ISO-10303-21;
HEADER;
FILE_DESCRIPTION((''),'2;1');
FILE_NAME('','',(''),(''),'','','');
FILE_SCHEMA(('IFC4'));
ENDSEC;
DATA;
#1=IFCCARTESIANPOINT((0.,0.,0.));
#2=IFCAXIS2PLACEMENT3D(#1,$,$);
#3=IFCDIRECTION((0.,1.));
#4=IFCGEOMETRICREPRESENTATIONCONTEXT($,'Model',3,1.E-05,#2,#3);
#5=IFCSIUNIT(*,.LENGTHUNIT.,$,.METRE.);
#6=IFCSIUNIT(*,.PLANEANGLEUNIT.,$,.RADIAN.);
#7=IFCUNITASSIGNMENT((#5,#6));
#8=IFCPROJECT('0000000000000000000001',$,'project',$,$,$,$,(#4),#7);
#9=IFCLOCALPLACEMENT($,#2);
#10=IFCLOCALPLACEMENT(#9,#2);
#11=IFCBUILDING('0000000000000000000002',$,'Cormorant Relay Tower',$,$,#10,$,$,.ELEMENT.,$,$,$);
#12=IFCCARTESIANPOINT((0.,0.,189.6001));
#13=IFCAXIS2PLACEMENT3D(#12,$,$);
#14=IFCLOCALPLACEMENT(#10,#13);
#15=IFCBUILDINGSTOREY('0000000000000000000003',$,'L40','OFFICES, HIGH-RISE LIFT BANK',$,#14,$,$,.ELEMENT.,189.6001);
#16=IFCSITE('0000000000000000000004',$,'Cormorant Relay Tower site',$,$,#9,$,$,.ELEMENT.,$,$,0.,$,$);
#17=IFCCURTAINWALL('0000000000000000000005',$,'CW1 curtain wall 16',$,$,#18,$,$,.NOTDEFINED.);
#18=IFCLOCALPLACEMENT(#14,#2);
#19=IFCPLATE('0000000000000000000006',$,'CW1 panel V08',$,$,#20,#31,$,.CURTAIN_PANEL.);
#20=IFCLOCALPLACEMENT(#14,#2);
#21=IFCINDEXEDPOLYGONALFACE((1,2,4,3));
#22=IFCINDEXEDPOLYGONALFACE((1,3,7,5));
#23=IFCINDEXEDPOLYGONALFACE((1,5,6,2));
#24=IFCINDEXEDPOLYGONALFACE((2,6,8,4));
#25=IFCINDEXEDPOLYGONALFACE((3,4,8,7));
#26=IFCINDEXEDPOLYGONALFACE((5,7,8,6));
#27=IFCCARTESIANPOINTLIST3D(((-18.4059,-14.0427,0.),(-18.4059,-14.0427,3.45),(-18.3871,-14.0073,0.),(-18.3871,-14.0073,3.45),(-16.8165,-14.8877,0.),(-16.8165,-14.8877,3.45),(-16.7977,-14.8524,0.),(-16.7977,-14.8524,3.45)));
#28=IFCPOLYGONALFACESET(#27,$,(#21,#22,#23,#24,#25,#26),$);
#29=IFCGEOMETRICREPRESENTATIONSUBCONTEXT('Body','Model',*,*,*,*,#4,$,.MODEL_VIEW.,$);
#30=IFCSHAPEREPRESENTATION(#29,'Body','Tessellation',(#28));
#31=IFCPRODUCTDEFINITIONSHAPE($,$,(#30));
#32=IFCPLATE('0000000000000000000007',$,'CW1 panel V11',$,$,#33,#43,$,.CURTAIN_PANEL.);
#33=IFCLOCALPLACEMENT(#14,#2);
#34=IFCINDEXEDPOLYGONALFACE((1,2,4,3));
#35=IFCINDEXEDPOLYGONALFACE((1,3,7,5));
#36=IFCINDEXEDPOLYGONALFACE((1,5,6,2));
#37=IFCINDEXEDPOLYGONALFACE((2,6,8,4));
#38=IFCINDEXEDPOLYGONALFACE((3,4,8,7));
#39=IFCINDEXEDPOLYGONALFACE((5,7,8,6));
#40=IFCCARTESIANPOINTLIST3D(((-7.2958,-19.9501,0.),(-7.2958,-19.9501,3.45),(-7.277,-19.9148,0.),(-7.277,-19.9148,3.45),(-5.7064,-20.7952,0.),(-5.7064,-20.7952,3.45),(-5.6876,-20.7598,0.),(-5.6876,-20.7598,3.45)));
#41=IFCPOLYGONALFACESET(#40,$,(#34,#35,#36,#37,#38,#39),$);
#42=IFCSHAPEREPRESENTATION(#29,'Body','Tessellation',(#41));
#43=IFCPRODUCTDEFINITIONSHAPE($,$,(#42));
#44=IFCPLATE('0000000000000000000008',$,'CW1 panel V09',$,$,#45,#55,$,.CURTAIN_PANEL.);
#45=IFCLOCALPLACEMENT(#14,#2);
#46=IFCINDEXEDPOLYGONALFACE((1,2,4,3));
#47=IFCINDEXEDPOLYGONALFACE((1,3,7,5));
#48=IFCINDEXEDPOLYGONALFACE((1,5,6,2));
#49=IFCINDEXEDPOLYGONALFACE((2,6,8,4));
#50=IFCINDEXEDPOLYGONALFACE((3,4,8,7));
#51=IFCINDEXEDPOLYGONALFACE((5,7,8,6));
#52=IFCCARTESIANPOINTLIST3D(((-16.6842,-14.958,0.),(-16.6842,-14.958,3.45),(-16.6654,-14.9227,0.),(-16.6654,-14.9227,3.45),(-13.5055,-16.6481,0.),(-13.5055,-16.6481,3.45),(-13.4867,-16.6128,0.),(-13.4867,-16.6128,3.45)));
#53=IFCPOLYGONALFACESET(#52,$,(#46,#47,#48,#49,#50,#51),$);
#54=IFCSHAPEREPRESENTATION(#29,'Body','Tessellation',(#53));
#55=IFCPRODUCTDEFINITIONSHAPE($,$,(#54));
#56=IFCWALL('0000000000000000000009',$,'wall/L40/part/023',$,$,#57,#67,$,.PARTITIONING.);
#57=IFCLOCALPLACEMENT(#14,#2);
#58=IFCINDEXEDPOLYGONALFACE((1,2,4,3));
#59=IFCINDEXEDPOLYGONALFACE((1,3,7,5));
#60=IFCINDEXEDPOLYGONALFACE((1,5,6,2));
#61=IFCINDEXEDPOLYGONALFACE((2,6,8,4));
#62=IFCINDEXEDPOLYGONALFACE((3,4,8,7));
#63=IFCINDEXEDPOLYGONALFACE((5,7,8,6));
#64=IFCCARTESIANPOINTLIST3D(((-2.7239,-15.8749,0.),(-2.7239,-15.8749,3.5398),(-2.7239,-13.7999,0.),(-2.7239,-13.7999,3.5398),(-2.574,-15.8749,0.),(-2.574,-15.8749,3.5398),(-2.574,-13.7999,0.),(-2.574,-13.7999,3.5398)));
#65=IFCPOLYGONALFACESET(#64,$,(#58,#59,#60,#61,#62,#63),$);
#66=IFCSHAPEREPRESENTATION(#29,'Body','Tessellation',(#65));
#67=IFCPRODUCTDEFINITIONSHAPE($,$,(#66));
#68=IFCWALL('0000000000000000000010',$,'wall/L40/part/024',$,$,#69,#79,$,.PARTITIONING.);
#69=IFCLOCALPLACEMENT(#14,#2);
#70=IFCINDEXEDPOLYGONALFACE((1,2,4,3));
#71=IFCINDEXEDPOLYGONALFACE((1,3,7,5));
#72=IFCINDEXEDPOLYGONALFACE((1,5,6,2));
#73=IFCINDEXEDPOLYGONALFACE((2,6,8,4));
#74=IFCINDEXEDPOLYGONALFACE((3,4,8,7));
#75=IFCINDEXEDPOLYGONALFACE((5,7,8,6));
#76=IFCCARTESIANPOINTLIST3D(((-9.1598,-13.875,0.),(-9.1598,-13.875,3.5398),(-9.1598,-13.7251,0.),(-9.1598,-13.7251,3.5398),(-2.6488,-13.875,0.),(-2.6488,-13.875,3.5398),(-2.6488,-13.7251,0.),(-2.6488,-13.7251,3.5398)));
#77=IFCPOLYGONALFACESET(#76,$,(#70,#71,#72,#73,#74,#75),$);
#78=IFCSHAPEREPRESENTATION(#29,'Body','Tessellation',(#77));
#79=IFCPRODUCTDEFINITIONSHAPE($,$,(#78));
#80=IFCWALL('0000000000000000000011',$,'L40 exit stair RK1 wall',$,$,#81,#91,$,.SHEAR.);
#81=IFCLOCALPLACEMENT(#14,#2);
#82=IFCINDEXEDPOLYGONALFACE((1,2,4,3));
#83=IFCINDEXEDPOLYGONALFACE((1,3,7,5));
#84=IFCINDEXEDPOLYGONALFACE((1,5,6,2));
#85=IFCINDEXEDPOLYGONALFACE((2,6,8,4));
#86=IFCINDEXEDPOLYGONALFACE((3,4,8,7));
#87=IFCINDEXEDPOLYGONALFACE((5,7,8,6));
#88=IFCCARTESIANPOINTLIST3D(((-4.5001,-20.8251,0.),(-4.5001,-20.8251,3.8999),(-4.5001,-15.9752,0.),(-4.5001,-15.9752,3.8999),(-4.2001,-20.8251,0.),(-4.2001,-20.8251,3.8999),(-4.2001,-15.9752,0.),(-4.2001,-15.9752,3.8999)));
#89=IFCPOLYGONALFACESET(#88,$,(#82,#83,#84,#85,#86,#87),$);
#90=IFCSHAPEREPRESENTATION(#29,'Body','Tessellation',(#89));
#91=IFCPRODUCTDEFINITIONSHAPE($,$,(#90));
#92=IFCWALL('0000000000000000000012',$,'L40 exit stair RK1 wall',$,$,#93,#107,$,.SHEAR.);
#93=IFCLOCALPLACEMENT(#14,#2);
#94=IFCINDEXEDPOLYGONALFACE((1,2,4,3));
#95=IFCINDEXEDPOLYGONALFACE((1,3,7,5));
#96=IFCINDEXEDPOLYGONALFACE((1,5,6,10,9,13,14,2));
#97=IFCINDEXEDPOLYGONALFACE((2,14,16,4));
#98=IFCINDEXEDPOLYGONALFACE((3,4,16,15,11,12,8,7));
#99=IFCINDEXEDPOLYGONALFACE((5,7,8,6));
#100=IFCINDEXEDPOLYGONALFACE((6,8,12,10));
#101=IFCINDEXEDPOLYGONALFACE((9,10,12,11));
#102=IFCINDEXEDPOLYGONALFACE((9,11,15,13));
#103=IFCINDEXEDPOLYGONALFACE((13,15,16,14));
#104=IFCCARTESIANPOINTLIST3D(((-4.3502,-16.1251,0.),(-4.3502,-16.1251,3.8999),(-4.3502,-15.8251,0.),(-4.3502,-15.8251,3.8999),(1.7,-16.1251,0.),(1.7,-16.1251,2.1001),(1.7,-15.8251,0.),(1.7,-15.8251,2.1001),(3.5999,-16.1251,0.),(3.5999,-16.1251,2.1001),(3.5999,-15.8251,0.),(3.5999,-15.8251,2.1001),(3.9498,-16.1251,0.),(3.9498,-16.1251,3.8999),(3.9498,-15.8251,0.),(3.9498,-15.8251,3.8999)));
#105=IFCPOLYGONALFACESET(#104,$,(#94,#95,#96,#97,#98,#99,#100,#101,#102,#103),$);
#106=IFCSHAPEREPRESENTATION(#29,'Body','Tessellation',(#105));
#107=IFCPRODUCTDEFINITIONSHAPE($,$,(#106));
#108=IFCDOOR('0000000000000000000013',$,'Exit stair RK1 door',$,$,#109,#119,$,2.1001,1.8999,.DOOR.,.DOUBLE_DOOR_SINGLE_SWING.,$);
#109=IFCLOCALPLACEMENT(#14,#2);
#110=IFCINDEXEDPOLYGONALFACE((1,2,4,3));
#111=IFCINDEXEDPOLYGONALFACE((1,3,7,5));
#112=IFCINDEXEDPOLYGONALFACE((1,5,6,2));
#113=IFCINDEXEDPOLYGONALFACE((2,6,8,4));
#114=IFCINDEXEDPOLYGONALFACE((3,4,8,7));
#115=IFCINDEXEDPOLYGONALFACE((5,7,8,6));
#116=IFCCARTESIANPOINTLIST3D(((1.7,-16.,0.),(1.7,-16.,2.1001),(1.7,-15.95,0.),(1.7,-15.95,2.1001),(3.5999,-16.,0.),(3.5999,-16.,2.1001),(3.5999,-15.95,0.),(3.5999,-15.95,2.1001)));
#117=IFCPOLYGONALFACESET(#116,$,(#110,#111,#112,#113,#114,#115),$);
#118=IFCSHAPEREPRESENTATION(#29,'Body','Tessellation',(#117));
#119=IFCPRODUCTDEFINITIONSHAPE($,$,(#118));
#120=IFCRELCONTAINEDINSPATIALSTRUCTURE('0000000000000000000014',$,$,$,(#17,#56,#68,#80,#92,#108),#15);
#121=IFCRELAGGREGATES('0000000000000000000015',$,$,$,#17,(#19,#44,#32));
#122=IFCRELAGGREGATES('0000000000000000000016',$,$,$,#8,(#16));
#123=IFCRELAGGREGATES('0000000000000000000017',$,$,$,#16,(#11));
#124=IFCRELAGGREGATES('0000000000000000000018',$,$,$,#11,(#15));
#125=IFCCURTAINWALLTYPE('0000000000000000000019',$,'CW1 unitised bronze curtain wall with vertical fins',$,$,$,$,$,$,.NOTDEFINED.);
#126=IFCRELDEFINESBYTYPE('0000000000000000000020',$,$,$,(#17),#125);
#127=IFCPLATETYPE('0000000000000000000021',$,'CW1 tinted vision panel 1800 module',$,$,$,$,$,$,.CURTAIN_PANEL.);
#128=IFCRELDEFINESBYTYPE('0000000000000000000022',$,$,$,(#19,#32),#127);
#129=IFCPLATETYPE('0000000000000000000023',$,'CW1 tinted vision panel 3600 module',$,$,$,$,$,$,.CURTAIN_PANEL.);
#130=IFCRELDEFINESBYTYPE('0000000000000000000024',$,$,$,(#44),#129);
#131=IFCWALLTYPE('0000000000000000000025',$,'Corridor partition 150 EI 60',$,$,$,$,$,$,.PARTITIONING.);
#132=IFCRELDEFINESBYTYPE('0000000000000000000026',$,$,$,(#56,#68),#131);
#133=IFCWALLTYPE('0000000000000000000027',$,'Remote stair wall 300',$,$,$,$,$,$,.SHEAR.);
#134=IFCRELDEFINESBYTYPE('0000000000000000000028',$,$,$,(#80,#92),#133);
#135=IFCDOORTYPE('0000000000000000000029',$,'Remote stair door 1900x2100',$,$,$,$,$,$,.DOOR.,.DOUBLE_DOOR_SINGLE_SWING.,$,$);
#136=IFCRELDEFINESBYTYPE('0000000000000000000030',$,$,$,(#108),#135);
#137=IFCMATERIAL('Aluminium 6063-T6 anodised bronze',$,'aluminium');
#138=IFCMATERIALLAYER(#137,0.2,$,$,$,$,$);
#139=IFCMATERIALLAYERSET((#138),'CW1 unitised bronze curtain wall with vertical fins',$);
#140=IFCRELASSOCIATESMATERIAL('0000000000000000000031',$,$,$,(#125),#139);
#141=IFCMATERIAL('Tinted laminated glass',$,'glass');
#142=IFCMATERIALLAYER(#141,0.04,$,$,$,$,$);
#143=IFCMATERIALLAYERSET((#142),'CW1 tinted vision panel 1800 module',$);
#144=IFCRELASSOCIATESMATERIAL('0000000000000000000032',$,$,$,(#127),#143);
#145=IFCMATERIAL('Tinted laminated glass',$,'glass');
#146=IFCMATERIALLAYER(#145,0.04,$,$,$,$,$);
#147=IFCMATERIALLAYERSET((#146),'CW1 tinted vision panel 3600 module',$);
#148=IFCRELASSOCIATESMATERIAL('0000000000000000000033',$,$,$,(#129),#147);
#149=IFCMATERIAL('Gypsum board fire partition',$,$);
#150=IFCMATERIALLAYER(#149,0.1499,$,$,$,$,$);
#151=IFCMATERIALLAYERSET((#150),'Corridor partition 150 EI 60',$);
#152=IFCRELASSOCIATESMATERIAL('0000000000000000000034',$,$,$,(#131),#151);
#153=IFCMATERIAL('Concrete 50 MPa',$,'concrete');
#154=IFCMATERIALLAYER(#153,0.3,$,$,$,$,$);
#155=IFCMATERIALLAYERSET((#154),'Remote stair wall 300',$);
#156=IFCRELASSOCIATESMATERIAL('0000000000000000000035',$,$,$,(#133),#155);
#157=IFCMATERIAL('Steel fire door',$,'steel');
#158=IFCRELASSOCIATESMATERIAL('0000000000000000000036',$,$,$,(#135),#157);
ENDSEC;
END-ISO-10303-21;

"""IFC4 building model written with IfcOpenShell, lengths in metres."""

from ifc_helpers import new_model, si_unit, direction, frame, frame_2d, origin, origin_2d, place, context, subcontext, project, spatial, rectangle, extrude, material, layer, layer_set, type_object, element, fill, aggregate, save


model = new_model("IFC4")

# Units and contexts
model_context = context("Model", 3, precision=1e-05, world=origin(), true_north=direction((0.0, 1.0)))
body_context = subcontext(model_context, "Body", "Model", "MODEL_VIEW")
ifc_project = project(units=[si_unit("LENGTHUNIT", "METRE"), si_unit("PLANEANGLEUNIT", "RADIAN")], contexts=[model_context])

# Site, building, storey
site_placement = place(None, origin())
site = spatial("IfcSite", under=ifc_project, at=site_placement, Name="Cormorant Relay Tower site", CompositionType="ELEMENT", RefElevation=0.0)
building_placement = place(site_placement, origin())
building = spatial("IfcBuilding", under=site, at=building_placement, Name="Cormorant Relay Tower", CompositionType="ELEMENT")
storey_placement = place(building_placement, frame((0.0, 0.0, 189.6001)))
storey = spatial("IfcBuildingStorey", under=building, at=storey_placement, Name="L40", Description="OFFICES, HIGH-RISE LIFT BANK", CompositionType="ELEMENT", Elevation=189.6001)

# Shared definitions
ifc_material_1 = material(Name="Aluminium 6063-T6 anodised bronze", Category="aluminium")
ifc_layer_1 = layer(ifc_material_1, 0.2)
ifc_layer_set_1 = layer_set([ifc_layer_1], Name="CW1 unitised bronze curtain wall with vertical fins")
curtain_wall_type = type_object("IfcCurtainWallType", Name="CW1 unitised bronze curtain wall with vertical fins", PredefinedType="NOTDEFINED", material=ifc_layer_set_1)

# Curtain wall
curtain_wall_1_placement = place(storey_placement, origin())
curtain_wall_1 = element("IfcCurtainWall", 1, at=curtain_wall_1_placement, inside=storey, type_object=curtain_wall_type, Name="CW1 curtain wall 16", PredefinedType="NOTDEFINED")

# Plates
ifc_material_2 = material(Name="Tinted laminated glass", Category="glass")
ifc_layer_2 = layer(ifc_material_2, 0.04)
ifc_layer_set_2 = layer_set([ifc_layer_2], Name="CW1 tinted vision panel 1800 module")
plate_type_1 = type_object("IfcPlateType", Name="CW1 tinted vision panel 1800 module", PredefinedType="CURTAIN_PANEL", material=ifc_layer_set_2)
plate_1_placement = place(storey_placement, frame((-17.6018, -14.4475, 0.0), z_axis=(0.0, 0.0, 1.0), x_axis=(0.882948, -0.469472, 0.0)))
plate_1 = element("IfcPlate", 2, at=plate_1_placement, type_object=plate_type_1, Name="CW1 panel V08", PredefinedType="CURTAIN_PANEL", context=body_context, shape_type="SweptSolid", body=[
    extrude(rectangle(XDim=1.8, YDim=0.04, at=origin_2d()), origin(), (0.0, 0.0, 1.0), 3.45),
])
plate_2_placement = place(storey_placement, frame((-6.4917, -20.355, 0.0), z_axis=(0.0, 0.0, 1.0), x_axis=(0.882948, -0.469472, 0.0)))
plate_2 = element("IfcPlate", 3, at=plate_2_placement, type_object=plate_type_1, Name="CW1 panel V11", PredefinedType="CURTAIN_PANEL", context=body_context, shape_type="SweptSolid", body=[
    extrude(rectangle(XDim=1.8, YDim=0.04, at=origin_2d()), origin(), (0.0, 0.0, 1.0), 3.45),
])
ifc_material_3 = material(Name="Tinted laminated glass", Category="glass")
ifc_layer_3 = layer(ifc_material_3, 0.04)
ifc_layer_set_3 = layer_set([ifc_layer_3], Name="CW1 tinted vision panel 3600 module")
plate_type_2 = type_object("IfcPlateType", Name="CW1 tinted vision panel 3600 module", PredefinedType="CURTAIN_PANEL", material=ifc_layer_set_3)
plate_3_placement = place(storey_placement, frame((-15.0854, -15.7854, 0.0), z_axis=(0.0, 0.0, 1.0), x_axis=(0.882948, -0.469472, 0.0)))
plate_3 = element("IfcPlate", 4, at=plate_3_placement, type_object=plate_type_2, Name="CW1 panel V09", PredefinedType="CURTAIN_PANEL", context=body_context, shape_type="SweptSolid", body=[
    extrude(rectangle(XDim=3.6001, YDim=0.04, at=origin_2d()), origin(), (0.0, 0.0, 1.0), 3.45),
])

# Walls
ifc_material_4 = material(Name="Gypsum board fire partition")
ifc_layer_4 = layer(ifc_material_4, 0.1499)
ifc_layer_set_4 = layer_set([ifc_layer_4], Name="Corridor partition 150 EI 60")
wall_type_1 = type_object("IfcWallType", Name="Corridor partition 150 EI 60", PredefinedType="PARTITIONING", material=ifc_layer_set_4)
wall_1_placement = place(storey_placement, frame((-2.6489, -15.875, 0.0), z_axis=(0.0, 0.0, 1.0), x_axis=(0.0, 1.0, 0.0)))
element("IfcWall", 5, at=wall_1_placement, inside=storey, type_object=wall_type_1, Name="wall/L40/part/023", PredefinedType="PARTITIONING", context=body_context, shape_type="SweptSolid", body=[
    extrude(rectangle(XDim=2.075, YDim=0.1499, at=frame_2d((1.0376, 0.0))), origin(), (0.0, 0.0, 1.0), 3.5398),
])
wall_2_placement = place(storey_placement, frame((-2.6489, -13.8, 0.0), z_axis=(0.0, 0.0, 1.0), x_axis=(-1.0, 0.0, 0.0)))
element("IfcWall", 6, at=wall_2_placement, inside=storey, type_object=wall_type_1, Name="wall/L40/part/024", PredefinedType="PARTITIONING", context=body_context, shape_type="SweptSolid", body=[
    extrude(rectangle(XDim=6.511, YDim=0.1499, at=frame_2d((3.2554, 0.0))), origin(), (0.0, 0.0, 1.0), 3.5398),
])
ifc_material_5 = material(Name="Concrete 50 MPa", Category="concrete")
ifc_layer_5 = layer(ifc_material_5, 0.3)
ifc_layer_set_5 = layer_set([ifc_layer_5], Name="Remote stair wall 300")
wall_type_2 = type_object("IfcWallType", Name="Remote stair wall 300", PredefinedType="SHEAR", material=ifc_layer_set_5)
wall_3_placement = place(storey_placement, frame((-4.3501, -20.825, 0.0), z_axis=(0.0, 0.0, 1.0), x_axis=(0.0, 1.0, 0.0)))
element("IfcWall", 7, at=wall_3_placement, inside=storey, type_object=wall_type_2, Name="L40 exit stair RK1 wall", PredefinedType="SHEAR", context=body_context, shape_type="SweptSolid", body=[
    extrude(rectangle(XDim=4.8499, YDim=0.3, at=frame_2d((2.4248, 0.0))), origin(), (0.0, 0.0, 1.0), 3.8999),
])

# Wall, opening, door
wall_4_placement = place(storey_placement, frame((-4.3501, -15.9751, 0.0), z_axis=(0.0, 0.0, 1.0), x_axis=(1.0, 0.0, 0.0)))
wall_4 = element("IfcWall", 8, at=wall_4_placement, inside=storey, type_object=wall_type_2, Name="L40 exit stair RK1 wall", PredefinedType="SHEAR", context=body_context, shape_type="SweptSolid", body=[
    extrude(rectangle(XDim=8.3, YDim=0.3, at=frame_2d((4.1499, 0.0))), origin(), (0.0, 0.0, 1.0), 3.8999),
])
opening_placement = place(wall_4_placement, frame((6.05, 0.0, 0.0)))
opening = element("IfcOpeningElement", 9, at=opening_placement, cuts=wall_4, PredefinedType="OPENING", context=body_context, shape_type="SweptSolid", body=[
    extrude(rectangle(XDim=1.8999, YDim=2.1001, at=frame_2d((0.95, 1.05))), frame((0.0, 0.1599, 0.0), z_axis=(0.0, -1.0, 0.0), x_axis=(1.0, 0.0, 0.0)), (0.0, 0.0, 1.0), 0.3201),
])
ifc_material_6 = material(Name="Steel fire door", Category="steel")
door_type = type_object("IfcDoorType", Name="Remote stair door 1900x2100", OperationType="DOUBLE_DOOR_SINGLE_SWING", PredefinedType="DOOR", material=ifc_material_6)
door_placement = place(opening_placement, frame((1.8999, 0.0, 0.0), z_axis=(0.0, 0.0, 1.0), x_axis=(-1.0, 0.0, 0.0)))
door = element("IfcDoor", 10, at=door_placement, inside=storey, type_object=door_type, Name="Exit stair RK1 door", OperationType="DOUBLE_DOOR_SINGLE_SWING", OverallHeight=2.1001, OverallWidth=1.8999, PredefinedType="DOOR", context=body_context, shape_type="SweptSolid", body=[
    extrude(rectangle(XDim=1.8999, YDim=2.1001, at=frame_2d((0.95, 1.05))), frame((0.0, 0.0249, 0.0), z_axis=(0.0, -1.0, 0.0), x_axis=(1.0, 0.0, 0.0)), (0.0, 0.0, 1.0), 0.05),
])
fill(opening, door)

aggregate(curtain_wall_1, [plate_1, plate_3, plate_2])

save(model, "model.ifc")
